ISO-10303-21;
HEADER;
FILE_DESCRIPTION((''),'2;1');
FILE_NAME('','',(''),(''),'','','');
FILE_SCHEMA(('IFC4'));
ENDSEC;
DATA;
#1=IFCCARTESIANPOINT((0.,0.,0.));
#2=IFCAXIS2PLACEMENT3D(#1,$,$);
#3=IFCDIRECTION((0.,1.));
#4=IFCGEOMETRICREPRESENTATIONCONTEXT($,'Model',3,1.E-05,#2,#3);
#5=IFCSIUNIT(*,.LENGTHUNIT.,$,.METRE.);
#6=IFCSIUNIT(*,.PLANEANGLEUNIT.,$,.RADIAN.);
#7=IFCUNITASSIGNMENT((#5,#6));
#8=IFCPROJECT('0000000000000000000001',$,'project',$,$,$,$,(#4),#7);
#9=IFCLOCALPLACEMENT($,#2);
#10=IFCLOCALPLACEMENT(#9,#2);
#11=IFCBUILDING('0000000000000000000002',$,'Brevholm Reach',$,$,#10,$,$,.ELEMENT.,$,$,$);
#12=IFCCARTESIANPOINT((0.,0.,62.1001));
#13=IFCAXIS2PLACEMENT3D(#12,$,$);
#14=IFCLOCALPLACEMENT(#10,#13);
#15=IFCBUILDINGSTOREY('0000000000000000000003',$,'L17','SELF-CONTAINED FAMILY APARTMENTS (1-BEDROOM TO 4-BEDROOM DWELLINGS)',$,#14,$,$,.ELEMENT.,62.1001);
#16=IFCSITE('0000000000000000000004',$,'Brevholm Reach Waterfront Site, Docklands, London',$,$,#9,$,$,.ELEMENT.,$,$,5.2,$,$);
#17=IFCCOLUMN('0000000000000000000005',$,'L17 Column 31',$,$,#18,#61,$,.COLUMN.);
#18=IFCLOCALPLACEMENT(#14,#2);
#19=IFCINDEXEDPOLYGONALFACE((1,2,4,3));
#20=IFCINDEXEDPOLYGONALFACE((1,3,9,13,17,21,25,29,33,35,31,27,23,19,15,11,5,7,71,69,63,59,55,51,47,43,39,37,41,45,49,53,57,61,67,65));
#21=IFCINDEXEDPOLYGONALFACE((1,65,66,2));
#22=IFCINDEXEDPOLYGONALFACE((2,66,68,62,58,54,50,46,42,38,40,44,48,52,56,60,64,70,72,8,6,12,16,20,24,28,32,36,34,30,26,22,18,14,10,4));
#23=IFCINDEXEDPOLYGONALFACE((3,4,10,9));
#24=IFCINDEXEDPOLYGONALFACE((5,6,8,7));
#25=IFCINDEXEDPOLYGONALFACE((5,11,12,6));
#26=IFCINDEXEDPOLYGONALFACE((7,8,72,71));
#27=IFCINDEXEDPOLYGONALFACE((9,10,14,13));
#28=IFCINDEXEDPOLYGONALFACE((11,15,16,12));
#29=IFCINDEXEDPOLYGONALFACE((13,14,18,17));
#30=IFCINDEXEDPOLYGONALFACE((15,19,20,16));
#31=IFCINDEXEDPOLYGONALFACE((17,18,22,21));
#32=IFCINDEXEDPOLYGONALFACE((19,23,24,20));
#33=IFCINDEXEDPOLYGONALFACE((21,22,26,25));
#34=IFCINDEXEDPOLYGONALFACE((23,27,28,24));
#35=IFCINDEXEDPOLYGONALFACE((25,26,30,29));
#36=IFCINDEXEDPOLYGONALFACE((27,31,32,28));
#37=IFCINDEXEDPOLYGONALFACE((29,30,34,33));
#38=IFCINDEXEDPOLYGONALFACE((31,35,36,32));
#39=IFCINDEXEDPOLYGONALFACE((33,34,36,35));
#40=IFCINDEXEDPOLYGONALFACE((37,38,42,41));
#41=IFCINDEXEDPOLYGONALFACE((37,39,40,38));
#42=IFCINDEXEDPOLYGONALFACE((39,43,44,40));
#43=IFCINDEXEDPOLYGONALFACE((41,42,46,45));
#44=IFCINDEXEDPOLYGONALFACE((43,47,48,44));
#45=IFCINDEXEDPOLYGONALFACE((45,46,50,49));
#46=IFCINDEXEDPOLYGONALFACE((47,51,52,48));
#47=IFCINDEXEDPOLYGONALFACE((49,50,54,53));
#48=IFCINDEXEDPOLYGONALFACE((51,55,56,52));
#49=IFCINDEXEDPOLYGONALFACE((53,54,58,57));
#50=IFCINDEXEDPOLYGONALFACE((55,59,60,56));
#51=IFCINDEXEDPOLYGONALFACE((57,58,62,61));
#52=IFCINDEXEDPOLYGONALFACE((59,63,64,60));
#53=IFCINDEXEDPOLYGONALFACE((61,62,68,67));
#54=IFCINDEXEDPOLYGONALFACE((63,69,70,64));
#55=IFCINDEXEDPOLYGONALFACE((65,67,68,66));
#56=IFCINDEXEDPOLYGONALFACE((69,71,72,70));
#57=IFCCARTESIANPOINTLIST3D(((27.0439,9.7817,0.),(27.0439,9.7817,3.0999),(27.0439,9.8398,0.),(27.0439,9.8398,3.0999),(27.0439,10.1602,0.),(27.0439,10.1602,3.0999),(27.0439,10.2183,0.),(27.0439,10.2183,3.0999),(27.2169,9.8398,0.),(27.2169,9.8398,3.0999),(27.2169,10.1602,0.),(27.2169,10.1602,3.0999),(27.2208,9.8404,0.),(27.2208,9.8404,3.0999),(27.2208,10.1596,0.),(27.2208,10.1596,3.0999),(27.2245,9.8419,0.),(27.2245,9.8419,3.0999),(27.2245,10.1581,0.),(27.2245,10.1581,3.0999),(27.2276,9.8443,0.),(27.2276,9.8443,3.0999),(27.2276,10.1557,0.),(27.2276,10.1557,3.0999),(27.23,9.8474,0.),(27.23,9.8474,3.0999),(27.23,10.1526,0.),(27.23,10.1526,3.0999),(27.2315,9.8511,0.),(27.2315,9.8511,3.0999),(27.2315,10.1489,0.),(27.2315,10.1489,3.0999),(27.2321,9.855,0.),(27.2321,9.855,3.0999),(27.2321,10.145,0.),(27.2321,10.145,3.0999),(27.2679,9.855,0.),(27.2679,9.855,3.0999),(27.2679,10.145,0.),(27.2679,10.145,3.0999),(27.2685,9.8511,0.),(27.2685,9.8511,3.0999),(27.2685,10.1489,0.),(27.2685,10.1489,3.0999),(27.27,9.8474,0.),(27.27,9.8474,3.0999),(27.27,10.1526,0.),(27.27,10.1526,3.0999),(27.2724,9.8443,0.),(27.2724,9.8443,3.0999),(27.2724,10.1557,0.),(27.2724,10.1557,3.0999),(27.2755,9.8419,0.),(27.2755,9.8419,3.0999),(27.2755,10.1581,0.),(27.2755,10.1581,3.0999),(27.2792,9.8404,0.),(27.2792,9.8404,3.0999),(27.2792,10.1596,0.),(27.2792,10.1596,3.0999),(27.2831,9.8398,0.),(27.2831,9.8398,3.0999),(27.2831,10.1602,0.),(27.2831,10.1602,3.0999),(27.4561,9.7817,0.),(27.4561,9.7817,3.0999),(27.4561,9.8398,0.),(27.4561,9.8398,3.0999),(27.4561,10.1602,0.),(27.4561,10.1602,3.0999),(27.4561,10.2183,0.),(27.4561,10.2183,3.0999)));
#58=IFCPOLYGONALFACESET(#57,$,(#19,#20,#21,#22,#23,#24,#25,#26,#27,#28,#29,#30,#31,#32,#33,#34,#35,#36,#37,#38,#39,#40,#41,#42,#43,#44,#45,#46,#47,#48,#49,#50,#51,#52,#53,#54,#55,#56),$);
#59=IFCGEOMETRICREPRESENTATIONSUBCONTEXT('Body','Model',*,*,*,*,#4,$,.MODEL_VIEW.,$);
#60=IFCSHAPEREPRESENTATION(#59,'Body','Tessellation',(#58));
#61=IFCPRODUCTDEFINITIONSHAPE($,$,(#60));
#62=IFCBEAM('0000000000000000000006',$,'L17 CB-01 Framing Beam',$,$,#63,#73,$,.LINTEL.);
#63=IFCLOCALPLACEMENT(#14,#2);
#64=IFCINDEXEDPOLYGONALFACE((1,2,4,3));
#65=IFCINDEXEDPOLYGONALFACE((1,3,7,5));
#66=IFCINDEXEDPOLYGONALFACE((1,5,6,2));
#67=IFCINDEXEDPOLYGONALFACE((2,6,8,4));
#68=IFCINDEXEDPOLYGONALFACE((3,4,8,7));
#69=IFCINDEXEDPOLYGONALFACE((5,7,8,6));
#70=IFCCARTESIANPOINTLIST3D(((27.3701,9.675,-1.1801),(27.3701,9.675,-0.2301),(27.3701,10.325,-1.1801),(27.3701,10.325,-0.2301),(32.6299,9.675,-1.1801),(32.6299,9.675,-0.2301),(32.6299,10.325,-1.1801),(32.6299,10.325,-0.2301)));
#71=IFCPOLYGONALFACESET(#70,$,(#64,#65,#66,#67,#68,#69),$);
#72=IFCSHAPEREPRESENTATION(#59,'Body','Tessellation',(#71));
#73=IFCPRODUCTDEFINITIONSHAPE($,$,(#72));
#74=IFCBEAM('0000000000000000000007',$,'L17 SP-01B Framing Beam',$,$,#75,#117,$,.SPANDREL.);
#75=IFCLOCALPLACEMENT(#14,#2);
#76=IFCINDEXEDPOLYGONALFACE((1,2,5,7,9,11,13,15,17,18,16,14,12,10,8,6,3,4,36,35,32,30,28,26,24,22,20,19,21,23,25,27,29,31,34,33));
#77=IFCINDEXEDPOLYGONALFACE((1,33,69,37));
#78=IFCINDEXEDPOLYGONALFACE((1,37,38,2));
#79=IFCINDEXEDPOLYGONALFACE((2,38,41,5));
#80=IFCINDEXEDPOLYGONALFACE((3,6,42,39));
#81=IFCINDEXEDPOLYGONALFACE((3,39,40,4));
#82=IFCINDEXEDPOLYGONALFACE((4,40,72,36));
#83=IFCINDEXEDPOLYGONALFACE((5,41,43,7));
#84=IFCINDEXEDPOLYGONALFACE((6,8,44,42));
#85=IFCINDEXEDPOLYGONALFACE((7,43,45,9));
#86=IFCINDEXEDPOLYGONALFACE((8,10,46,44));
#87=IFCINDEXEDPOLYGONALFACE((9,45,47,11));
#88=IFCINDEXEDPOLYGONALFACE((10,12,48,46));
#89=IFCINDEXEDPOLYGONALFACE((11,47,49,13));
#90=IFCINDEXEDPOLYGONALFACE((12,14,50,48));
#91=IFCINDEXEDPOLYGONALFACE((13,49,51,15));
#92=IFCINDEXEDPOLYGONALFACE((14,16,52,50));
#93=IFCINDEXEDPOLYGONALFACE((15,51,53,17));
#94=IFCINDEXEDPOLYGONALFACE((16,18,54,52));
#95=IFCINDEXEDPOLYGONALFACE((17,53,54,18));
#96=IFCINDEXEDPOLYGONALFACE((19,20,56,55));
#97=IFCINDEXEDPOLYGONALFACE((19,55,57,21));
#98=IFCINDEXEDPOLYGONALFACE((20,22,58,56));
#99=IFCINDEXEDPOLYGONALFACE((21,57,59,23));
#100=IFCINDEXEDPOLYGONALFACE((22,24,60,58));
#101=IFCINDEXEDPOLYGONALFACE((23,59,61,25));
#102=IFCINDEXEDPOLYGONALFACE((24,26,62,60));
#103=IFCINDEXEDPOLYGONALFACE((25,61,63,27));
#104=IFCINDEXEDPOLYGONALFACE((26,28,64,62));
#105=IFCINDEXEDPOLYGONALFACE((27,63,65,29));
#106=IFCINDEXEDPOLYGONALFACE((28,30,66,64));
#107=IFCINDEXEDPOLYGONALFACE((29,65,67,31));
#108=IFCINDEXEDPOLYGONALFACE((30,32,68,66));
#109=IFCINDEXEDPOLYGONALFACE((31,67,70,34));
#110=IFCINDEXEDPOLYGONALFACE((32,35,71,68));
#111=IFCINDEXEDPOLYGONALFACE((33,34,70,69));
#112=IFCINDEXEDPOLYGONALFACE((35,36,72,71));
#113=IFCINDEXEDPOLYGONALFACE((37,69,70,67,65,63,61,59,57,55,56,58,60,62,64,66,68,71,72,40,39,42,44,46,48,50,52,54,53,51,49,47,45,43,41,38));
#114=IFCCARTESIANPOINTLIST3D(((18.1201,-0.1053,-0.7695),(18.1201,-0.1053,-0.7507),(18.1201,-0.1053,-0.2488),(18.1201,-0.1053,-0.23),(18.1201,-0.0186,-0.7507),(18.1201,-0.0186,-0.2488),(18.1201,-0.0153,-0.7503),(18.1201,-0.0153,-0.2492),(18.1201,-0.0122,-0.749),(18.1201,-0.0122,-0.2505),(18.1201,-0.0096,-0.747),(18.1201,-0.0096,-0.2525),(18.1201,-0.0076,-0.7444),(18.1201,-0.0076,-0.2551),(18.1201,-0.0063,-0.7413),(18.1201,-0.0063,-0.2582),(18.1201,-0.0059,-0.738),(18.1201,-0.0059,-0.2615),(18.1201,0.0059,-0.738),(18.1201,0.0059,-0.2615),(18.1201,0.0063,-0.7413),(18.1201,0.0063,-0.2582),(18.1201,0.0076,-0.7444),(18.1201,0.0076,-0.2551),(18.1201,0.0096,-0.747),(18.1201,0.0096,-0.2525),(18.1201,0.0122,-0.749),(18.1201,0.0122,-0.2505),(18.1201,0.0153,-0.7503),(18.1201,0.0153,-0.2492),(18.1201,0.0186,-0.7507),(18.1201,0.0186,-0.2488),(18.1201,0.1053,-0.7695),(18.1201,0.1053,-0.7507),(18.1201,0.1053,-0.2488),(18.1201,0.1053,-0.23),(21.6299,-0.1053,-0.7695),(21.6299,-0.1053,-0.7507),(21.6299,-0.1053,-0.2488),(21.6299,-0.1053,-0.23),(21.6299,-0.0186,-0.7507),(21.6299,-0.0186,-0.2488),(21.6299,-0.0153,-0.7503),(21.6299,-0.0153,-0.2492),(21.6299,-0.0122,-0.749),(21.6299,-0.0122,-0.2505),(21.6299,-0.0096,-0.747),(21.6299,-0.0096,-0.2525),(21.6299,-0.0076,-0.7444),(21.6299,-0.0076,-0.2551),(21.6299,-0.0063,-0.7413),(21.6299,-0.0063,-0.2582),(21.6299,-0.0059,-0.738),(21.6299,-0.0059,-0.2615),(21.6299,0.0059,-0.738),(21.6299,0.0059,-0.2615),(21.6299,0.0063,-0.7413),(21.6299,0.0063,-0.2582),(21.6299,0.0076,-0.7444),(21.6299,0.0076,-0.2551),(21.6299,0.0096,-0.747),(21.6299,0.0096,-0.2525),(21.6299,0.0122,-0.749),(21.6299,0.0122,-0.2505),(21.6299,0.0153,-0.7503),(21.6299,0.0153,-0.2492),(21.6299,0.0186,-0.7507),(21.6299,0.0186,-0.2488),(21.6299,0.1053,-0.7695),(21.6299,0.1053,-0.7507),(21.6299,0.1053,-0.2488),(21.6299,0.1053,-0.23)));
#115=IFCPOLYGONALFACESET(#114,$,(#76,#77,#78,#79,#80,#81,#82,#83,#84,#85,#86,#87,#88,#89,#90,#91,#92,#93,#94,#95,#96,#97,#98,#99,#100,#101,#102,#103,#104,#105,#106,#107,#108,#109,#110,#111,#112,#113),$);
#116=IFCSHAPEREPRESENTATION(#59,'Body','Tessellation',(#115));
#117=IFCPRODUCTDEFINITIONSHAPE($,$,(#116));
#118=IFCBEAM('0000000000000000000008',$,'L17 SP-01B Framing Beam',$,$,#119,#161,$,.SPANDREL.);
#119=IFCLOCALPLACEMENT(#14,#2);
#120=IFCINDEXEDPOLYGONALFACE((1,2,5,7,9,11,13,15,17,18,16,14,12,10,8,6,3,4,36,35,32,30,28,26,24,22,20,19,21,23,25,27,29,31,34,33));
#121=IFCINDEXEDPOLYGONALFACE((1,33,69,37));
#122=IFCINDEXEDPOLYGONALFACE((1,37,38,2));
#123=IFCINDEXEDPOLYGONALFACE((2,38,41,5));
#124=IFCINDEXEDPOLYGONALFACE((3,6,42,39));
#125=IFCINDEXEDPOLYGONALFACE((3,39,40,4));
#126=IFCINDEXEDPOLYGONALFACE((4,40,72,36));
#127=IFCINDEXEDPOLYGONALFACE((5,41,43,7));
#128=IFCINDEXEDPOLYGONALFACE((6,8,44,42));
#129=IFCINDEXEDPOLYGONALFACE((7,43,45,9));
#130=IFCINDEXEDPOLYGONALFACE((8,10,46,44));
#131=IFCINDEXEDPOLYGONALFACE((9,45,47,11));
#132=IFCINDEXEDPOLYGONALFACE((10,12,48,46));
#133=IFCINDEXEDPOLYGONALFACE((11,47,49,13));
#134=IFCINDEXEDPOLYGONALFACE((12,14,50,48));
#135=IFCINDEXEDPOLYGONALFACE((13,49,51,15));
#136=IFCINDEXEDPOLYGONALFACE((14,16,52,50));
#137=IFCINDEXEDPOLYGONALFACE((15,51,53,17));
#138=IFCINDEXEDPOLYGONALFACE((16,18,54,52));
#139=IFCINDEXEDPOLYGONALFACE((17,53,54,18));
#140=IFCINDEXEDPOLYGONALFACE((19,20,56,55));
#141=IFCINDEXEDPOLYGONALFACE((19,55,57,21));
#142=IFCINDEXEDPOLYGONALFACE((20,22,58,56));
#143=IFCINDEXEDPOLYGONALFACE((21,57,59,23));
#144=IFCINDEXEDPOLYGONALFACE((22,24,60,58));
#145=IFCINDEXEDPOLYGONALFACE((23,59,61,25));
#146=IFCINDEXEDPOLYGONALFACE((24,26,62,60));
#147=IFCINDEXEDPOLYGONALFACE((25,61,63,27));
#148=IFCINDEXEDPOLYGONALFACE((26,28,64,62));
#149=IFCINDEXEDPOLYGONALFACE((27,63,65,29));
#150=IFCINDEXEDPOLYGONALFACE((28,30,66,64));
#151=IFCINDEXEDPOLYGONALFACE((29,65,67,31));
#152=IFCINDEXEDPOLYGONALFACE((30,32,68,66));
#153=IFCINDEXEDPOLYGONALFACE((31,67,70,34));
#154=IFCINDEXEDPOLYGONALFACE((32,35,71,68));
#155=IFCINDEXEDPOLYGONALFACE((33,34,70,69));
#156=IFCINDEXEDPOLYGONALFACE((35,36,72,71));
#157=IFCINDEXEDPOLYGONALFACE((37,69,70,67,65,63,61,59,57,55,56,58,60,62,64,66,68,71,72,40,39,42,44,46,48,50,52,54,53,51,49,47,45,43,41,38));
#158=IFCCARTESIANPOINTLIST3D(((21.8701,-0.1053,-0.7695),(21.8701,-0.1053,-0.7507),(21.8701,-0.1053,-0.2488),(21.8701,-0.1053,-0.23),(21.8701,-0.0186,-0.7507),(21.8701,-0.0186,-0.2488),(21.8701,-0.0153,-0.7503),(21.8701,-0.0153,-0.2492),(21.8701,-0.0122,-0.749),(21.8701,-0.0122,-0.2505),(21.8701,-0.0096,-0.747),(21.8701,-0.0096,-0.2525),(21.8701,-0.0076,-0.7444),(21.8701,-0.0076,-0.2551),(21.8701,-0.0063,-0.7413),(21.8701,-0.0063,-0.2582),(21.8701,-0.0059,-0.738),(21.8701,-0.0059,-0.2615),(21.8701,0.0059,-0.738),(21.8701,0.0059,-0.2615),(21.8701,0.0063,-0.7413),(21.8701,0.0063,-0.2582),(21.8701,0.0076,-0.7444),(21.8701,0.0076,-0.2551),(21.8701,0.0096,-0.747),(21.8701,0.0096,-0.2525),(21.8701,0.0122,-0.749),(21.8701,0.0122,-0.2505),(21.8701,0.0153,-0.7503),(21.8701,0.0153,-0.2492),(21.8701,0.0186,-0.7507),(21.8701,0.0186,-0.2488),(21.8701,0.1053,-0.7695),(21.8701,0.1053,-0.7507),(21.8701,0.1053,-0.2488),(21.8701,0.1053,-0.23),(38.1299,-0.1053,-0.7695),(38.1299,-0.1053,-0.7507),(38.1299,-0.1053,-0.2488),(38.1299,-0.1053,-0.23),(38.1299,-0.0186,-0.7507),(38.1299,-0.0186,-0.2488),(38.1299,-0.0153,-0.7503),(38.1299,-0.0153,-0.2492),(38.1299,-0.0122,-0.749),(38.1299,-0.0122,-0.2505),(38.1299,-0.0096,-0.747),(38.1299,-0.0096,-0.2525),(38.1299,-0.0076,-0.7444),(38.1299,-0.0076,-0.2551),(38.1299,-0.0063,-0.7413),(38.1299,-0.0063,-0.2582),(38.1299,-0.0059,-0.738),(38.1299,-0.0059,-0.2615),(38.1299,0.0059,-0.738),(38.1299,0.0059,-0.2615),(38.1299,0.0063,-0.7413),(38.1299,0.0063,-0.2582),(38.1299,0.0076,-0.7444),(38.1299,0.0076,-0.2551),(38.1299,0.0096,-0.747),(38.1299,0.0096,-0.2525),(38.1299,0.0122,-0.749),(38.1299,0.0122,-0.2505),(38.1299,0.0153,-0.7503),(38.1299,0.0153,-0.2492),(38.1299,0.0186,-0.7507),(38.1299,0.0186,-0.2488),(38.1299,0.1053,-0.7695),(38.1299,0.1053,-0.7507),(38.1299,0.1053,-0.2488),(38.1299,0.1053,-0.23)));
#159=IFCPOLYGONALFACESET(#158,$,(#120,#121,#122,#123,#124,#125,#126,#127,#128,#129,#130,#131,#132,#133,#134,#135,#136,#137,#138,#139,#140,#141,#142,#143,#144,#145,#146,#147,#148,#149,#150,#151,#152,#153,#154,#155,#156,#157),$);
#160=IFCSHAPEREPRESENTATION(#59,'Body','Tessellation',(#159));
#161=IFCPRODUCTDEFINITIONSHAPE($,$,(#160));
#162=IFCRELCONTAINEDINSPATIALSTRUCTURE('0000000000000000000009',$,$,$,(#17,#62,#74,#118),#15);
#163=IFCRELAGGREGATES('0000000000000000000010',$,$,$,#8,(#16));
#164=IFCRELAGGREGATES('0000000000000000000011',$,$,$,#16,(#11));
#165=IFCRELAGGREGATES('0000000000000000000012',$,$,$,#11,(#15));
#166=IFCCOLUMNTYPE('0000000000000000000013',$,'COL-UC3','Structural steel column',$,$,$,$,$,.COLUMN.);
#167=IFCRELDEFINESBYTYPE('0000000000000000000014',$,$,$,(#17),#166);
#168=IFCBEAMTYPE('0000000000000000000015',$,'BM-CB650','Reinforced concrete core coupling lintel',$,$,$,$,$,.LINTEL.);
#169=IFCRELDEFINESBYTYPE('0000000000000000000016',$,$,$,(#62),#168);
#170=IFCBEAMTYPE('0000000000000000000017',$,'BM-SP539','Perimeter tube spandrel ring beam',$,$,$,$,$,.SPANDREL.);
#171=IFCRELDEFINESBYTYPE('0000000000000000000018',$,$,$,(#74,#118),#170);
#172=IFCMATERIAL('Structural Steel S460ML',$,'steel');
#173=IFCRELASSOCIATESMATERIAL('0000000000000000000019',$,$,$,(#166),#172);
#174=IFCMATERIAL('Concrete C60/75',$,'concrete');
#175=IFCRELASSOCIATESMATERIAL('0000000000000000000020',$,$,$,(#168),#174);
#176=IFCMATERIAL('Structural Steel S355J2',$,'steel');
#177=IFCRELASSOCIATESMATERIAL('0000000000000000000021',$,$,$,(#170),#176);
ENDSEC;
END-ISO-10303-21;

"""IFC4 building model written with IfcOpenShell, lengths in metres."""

from ifc_helpers import new_model, si_unit, direction, frame, origin, origin_2d, place, context, subcontext, project, spatial, rectangle, i_section, extrude, material, material_profile, profile_set, type_object, element, save


model = new_model("IFC4")

# Units and contexts
model_context = context("Model", 3, precision=1e-05, world=origin(), true_north=direction((0.0, 1.0)))
body_context = subcontext(model_context, "Body", "Model", "MODEL_VIEW")
ifc_project = project(units=[si_unit("LENGTHUNIT", "METRE"), si_unit("PLANEANGLEUNIT", "RADIAN")], contexts=[model_context])

# Site, building, storey
site_placement = place(None, origin())
site = spatial("IfcSite", under=ifc_project, at=site_placement, Name="Brevholm Reach Waterfront Site, Docklands, London", CompositionType="ELEMENT", RefElevation=5.2)
building_placement = place(site_placement, origin())
building = spatial("IfcBuilding", under=site, at=building_placement, Name="Brevholm Reach", CompositionType="ELEMENT")
storey_placement = place(building_placement, frame((0.0, 0.0, 62.1001)))
storey = spatial("IfcBuildingStorey", under=building, at=storey_placement, Name="L17", Description="SELF-CONTAINED FAMILY APARTMENTS (1-BEDROOM TO 4-BEDROOM DWELLINGS)", CompositionType="ELEMENT", Elevation=62.1001)

# Column
ifc_material_1 = material(Name="Structural Steel S460ML", Category="steel")
ifc_material_profile_1 = material_profile(ifc_material_1, i_section(OverallWidth=0.4121, OverallDepth=0.4365, WebThickness=0.0359, FlangeThickness=0.0581, FilletRadius=0.0151, at=origin_2d()), Name="UKC 356x406x467")
ifc_profile_set_1 = profile_set([ifc_material_profile_1], Name="Structural Steel S460ML")
column_type_1 = type_object("IfcColumnType", Name="COL-UC3", Description="Structural steel column", PredefinedType="COLUMN", material=ifc_profile_set_1)
for number, where, z_axis, x_axis, name in (
    (1, (27.25, 10.0, 0.0), (0.0, 0.0, 1.0), (1.0, 0.0, 0.0), "L17 Column 31"),
):
    element("IfcColumn", number, at=place(storey_placement, frame(where, z_axis=z_axis, x_axis=x_axis)), inside=storey, type_object=column_type_1, Name=name, PredefinedType="COLUMN", context=body_context, shape_type="SweptSolid", body=[
        extrude(i_section(OverallWidth=0.4121, OverallDepth=0.4365, WebThickness=0.0359, FlangeThickness=0.0581, FilletRadius=0.0151, at=origin_2d()), origin(), (0.0, 0.0, 1.0), 3.0999),
    ])

# Beams
ifc_material_2 = material(Name="Concrete C60/75", Category="concrete")
ifc_material_profile_2 = material_profile(ifc_material_2, rectangle(XDim=0.6499, YDim=0.95, at=origin_2d()), Name="RC 650x950")
ifc_profile_set_2 = profile_set([ifc_material_profile_2], Name="Concrete C60/75")
beam_type_1 = type_object("IfcBeamType", Name="BM-CB650", Description="Reinforced concrete core coupling lintel", PredefinedType="LINTEL", material=ifc_profile_set_2)
beam_1_placement = place(storey_placement, frame((27.3701, 10.0, -0.7051), z_axis=(1.0, 0.0, 0.0), x_axis=(0.0, 1.0, 0.0)))
element("IfcBeam", 2, at=beam_1_placement, inside=storey, type_object=beam_type_1, Name="L17 CB-01 Framing Beam", PredefinedType="LINTEL", context=body_context, shape_type="SweptSolid", body=[
    extrude(rectangle(XDim=0.6499, YDim=0.95, at=origin_2d()), origin(), (0.0, 0.0, 1.0), 5.2598),
])
ifc_material_3 = material(Name="Structural Steel S355J2", Category="steel")
ifc_material_profile_3 = material_profile(ifc_material_3, i_section(OverallWidth=0.2107, OverallDepth=0.5396, WebThickness=0.0117, FlangeThickness=0.0188, FilletRadius=0.0127, at=origin_2d()), Name="UKB 533x210x109")
ifc_profile_set_3 = profile_set([ifc_material_profile_3], Name="Structural Steel S355J2")
beam_type_2 = type_object("IfcBeamType", Name="BM-SP539", Description="Perimeter tube spandrel ring beam", PredefinedType="SPANDREL", material=ifc_profile_set_3)
beam_2_placement = place(storey_placement, frame((18.1201, 0.0, -0.4998), z_axis=(1.0, 0.0, 0.0), x_axis=(0.0, 1.0, 0.0)))
element("IfcBeam", 3, at=beam_2_placement, inside=storey, type_object=beam_type_2, Name="L17 SP-01B Framing Beam", PredefinedType="SPANDREL", context=body_context, shape_type="SweptSolid", body=[
    extrude(i_section(OverallWidth=0.2107, OverallDepth=0.5396, WebThickness=0.0117, FlangeThickness=0.0188, FilletRadius=0.0127, at=origin_2d()), origin(), (0.0, 0.0, 1.0), 3.5098),
])
beam_3_placement = place(storey_placement, frame((21.8701, 0.0, -0.4998), z_axis=(1.0, 0.0, 0.0), x_axis=(0.0, 1.0, 0.0)))
element("IfcBeam", 4, at=beam_3_placement, inside=storey, type_object=beam_type_2, Name="L17 SP-01B Framing Beam", PredefinedType="SPANDREL", context=body_context, shape_type="SweptSolid", body=[
    extrude(i_section(OverallWidth=0.2107, OverallDepth=0.5396, WebThickness=0.0117, FlangeThickness=0.0188, FilletRadius=0.0127, at=origin_2d()), origin(), (0.0, 0.0, 1.0), 16.2598),
])

save(model, "model.ifc")
